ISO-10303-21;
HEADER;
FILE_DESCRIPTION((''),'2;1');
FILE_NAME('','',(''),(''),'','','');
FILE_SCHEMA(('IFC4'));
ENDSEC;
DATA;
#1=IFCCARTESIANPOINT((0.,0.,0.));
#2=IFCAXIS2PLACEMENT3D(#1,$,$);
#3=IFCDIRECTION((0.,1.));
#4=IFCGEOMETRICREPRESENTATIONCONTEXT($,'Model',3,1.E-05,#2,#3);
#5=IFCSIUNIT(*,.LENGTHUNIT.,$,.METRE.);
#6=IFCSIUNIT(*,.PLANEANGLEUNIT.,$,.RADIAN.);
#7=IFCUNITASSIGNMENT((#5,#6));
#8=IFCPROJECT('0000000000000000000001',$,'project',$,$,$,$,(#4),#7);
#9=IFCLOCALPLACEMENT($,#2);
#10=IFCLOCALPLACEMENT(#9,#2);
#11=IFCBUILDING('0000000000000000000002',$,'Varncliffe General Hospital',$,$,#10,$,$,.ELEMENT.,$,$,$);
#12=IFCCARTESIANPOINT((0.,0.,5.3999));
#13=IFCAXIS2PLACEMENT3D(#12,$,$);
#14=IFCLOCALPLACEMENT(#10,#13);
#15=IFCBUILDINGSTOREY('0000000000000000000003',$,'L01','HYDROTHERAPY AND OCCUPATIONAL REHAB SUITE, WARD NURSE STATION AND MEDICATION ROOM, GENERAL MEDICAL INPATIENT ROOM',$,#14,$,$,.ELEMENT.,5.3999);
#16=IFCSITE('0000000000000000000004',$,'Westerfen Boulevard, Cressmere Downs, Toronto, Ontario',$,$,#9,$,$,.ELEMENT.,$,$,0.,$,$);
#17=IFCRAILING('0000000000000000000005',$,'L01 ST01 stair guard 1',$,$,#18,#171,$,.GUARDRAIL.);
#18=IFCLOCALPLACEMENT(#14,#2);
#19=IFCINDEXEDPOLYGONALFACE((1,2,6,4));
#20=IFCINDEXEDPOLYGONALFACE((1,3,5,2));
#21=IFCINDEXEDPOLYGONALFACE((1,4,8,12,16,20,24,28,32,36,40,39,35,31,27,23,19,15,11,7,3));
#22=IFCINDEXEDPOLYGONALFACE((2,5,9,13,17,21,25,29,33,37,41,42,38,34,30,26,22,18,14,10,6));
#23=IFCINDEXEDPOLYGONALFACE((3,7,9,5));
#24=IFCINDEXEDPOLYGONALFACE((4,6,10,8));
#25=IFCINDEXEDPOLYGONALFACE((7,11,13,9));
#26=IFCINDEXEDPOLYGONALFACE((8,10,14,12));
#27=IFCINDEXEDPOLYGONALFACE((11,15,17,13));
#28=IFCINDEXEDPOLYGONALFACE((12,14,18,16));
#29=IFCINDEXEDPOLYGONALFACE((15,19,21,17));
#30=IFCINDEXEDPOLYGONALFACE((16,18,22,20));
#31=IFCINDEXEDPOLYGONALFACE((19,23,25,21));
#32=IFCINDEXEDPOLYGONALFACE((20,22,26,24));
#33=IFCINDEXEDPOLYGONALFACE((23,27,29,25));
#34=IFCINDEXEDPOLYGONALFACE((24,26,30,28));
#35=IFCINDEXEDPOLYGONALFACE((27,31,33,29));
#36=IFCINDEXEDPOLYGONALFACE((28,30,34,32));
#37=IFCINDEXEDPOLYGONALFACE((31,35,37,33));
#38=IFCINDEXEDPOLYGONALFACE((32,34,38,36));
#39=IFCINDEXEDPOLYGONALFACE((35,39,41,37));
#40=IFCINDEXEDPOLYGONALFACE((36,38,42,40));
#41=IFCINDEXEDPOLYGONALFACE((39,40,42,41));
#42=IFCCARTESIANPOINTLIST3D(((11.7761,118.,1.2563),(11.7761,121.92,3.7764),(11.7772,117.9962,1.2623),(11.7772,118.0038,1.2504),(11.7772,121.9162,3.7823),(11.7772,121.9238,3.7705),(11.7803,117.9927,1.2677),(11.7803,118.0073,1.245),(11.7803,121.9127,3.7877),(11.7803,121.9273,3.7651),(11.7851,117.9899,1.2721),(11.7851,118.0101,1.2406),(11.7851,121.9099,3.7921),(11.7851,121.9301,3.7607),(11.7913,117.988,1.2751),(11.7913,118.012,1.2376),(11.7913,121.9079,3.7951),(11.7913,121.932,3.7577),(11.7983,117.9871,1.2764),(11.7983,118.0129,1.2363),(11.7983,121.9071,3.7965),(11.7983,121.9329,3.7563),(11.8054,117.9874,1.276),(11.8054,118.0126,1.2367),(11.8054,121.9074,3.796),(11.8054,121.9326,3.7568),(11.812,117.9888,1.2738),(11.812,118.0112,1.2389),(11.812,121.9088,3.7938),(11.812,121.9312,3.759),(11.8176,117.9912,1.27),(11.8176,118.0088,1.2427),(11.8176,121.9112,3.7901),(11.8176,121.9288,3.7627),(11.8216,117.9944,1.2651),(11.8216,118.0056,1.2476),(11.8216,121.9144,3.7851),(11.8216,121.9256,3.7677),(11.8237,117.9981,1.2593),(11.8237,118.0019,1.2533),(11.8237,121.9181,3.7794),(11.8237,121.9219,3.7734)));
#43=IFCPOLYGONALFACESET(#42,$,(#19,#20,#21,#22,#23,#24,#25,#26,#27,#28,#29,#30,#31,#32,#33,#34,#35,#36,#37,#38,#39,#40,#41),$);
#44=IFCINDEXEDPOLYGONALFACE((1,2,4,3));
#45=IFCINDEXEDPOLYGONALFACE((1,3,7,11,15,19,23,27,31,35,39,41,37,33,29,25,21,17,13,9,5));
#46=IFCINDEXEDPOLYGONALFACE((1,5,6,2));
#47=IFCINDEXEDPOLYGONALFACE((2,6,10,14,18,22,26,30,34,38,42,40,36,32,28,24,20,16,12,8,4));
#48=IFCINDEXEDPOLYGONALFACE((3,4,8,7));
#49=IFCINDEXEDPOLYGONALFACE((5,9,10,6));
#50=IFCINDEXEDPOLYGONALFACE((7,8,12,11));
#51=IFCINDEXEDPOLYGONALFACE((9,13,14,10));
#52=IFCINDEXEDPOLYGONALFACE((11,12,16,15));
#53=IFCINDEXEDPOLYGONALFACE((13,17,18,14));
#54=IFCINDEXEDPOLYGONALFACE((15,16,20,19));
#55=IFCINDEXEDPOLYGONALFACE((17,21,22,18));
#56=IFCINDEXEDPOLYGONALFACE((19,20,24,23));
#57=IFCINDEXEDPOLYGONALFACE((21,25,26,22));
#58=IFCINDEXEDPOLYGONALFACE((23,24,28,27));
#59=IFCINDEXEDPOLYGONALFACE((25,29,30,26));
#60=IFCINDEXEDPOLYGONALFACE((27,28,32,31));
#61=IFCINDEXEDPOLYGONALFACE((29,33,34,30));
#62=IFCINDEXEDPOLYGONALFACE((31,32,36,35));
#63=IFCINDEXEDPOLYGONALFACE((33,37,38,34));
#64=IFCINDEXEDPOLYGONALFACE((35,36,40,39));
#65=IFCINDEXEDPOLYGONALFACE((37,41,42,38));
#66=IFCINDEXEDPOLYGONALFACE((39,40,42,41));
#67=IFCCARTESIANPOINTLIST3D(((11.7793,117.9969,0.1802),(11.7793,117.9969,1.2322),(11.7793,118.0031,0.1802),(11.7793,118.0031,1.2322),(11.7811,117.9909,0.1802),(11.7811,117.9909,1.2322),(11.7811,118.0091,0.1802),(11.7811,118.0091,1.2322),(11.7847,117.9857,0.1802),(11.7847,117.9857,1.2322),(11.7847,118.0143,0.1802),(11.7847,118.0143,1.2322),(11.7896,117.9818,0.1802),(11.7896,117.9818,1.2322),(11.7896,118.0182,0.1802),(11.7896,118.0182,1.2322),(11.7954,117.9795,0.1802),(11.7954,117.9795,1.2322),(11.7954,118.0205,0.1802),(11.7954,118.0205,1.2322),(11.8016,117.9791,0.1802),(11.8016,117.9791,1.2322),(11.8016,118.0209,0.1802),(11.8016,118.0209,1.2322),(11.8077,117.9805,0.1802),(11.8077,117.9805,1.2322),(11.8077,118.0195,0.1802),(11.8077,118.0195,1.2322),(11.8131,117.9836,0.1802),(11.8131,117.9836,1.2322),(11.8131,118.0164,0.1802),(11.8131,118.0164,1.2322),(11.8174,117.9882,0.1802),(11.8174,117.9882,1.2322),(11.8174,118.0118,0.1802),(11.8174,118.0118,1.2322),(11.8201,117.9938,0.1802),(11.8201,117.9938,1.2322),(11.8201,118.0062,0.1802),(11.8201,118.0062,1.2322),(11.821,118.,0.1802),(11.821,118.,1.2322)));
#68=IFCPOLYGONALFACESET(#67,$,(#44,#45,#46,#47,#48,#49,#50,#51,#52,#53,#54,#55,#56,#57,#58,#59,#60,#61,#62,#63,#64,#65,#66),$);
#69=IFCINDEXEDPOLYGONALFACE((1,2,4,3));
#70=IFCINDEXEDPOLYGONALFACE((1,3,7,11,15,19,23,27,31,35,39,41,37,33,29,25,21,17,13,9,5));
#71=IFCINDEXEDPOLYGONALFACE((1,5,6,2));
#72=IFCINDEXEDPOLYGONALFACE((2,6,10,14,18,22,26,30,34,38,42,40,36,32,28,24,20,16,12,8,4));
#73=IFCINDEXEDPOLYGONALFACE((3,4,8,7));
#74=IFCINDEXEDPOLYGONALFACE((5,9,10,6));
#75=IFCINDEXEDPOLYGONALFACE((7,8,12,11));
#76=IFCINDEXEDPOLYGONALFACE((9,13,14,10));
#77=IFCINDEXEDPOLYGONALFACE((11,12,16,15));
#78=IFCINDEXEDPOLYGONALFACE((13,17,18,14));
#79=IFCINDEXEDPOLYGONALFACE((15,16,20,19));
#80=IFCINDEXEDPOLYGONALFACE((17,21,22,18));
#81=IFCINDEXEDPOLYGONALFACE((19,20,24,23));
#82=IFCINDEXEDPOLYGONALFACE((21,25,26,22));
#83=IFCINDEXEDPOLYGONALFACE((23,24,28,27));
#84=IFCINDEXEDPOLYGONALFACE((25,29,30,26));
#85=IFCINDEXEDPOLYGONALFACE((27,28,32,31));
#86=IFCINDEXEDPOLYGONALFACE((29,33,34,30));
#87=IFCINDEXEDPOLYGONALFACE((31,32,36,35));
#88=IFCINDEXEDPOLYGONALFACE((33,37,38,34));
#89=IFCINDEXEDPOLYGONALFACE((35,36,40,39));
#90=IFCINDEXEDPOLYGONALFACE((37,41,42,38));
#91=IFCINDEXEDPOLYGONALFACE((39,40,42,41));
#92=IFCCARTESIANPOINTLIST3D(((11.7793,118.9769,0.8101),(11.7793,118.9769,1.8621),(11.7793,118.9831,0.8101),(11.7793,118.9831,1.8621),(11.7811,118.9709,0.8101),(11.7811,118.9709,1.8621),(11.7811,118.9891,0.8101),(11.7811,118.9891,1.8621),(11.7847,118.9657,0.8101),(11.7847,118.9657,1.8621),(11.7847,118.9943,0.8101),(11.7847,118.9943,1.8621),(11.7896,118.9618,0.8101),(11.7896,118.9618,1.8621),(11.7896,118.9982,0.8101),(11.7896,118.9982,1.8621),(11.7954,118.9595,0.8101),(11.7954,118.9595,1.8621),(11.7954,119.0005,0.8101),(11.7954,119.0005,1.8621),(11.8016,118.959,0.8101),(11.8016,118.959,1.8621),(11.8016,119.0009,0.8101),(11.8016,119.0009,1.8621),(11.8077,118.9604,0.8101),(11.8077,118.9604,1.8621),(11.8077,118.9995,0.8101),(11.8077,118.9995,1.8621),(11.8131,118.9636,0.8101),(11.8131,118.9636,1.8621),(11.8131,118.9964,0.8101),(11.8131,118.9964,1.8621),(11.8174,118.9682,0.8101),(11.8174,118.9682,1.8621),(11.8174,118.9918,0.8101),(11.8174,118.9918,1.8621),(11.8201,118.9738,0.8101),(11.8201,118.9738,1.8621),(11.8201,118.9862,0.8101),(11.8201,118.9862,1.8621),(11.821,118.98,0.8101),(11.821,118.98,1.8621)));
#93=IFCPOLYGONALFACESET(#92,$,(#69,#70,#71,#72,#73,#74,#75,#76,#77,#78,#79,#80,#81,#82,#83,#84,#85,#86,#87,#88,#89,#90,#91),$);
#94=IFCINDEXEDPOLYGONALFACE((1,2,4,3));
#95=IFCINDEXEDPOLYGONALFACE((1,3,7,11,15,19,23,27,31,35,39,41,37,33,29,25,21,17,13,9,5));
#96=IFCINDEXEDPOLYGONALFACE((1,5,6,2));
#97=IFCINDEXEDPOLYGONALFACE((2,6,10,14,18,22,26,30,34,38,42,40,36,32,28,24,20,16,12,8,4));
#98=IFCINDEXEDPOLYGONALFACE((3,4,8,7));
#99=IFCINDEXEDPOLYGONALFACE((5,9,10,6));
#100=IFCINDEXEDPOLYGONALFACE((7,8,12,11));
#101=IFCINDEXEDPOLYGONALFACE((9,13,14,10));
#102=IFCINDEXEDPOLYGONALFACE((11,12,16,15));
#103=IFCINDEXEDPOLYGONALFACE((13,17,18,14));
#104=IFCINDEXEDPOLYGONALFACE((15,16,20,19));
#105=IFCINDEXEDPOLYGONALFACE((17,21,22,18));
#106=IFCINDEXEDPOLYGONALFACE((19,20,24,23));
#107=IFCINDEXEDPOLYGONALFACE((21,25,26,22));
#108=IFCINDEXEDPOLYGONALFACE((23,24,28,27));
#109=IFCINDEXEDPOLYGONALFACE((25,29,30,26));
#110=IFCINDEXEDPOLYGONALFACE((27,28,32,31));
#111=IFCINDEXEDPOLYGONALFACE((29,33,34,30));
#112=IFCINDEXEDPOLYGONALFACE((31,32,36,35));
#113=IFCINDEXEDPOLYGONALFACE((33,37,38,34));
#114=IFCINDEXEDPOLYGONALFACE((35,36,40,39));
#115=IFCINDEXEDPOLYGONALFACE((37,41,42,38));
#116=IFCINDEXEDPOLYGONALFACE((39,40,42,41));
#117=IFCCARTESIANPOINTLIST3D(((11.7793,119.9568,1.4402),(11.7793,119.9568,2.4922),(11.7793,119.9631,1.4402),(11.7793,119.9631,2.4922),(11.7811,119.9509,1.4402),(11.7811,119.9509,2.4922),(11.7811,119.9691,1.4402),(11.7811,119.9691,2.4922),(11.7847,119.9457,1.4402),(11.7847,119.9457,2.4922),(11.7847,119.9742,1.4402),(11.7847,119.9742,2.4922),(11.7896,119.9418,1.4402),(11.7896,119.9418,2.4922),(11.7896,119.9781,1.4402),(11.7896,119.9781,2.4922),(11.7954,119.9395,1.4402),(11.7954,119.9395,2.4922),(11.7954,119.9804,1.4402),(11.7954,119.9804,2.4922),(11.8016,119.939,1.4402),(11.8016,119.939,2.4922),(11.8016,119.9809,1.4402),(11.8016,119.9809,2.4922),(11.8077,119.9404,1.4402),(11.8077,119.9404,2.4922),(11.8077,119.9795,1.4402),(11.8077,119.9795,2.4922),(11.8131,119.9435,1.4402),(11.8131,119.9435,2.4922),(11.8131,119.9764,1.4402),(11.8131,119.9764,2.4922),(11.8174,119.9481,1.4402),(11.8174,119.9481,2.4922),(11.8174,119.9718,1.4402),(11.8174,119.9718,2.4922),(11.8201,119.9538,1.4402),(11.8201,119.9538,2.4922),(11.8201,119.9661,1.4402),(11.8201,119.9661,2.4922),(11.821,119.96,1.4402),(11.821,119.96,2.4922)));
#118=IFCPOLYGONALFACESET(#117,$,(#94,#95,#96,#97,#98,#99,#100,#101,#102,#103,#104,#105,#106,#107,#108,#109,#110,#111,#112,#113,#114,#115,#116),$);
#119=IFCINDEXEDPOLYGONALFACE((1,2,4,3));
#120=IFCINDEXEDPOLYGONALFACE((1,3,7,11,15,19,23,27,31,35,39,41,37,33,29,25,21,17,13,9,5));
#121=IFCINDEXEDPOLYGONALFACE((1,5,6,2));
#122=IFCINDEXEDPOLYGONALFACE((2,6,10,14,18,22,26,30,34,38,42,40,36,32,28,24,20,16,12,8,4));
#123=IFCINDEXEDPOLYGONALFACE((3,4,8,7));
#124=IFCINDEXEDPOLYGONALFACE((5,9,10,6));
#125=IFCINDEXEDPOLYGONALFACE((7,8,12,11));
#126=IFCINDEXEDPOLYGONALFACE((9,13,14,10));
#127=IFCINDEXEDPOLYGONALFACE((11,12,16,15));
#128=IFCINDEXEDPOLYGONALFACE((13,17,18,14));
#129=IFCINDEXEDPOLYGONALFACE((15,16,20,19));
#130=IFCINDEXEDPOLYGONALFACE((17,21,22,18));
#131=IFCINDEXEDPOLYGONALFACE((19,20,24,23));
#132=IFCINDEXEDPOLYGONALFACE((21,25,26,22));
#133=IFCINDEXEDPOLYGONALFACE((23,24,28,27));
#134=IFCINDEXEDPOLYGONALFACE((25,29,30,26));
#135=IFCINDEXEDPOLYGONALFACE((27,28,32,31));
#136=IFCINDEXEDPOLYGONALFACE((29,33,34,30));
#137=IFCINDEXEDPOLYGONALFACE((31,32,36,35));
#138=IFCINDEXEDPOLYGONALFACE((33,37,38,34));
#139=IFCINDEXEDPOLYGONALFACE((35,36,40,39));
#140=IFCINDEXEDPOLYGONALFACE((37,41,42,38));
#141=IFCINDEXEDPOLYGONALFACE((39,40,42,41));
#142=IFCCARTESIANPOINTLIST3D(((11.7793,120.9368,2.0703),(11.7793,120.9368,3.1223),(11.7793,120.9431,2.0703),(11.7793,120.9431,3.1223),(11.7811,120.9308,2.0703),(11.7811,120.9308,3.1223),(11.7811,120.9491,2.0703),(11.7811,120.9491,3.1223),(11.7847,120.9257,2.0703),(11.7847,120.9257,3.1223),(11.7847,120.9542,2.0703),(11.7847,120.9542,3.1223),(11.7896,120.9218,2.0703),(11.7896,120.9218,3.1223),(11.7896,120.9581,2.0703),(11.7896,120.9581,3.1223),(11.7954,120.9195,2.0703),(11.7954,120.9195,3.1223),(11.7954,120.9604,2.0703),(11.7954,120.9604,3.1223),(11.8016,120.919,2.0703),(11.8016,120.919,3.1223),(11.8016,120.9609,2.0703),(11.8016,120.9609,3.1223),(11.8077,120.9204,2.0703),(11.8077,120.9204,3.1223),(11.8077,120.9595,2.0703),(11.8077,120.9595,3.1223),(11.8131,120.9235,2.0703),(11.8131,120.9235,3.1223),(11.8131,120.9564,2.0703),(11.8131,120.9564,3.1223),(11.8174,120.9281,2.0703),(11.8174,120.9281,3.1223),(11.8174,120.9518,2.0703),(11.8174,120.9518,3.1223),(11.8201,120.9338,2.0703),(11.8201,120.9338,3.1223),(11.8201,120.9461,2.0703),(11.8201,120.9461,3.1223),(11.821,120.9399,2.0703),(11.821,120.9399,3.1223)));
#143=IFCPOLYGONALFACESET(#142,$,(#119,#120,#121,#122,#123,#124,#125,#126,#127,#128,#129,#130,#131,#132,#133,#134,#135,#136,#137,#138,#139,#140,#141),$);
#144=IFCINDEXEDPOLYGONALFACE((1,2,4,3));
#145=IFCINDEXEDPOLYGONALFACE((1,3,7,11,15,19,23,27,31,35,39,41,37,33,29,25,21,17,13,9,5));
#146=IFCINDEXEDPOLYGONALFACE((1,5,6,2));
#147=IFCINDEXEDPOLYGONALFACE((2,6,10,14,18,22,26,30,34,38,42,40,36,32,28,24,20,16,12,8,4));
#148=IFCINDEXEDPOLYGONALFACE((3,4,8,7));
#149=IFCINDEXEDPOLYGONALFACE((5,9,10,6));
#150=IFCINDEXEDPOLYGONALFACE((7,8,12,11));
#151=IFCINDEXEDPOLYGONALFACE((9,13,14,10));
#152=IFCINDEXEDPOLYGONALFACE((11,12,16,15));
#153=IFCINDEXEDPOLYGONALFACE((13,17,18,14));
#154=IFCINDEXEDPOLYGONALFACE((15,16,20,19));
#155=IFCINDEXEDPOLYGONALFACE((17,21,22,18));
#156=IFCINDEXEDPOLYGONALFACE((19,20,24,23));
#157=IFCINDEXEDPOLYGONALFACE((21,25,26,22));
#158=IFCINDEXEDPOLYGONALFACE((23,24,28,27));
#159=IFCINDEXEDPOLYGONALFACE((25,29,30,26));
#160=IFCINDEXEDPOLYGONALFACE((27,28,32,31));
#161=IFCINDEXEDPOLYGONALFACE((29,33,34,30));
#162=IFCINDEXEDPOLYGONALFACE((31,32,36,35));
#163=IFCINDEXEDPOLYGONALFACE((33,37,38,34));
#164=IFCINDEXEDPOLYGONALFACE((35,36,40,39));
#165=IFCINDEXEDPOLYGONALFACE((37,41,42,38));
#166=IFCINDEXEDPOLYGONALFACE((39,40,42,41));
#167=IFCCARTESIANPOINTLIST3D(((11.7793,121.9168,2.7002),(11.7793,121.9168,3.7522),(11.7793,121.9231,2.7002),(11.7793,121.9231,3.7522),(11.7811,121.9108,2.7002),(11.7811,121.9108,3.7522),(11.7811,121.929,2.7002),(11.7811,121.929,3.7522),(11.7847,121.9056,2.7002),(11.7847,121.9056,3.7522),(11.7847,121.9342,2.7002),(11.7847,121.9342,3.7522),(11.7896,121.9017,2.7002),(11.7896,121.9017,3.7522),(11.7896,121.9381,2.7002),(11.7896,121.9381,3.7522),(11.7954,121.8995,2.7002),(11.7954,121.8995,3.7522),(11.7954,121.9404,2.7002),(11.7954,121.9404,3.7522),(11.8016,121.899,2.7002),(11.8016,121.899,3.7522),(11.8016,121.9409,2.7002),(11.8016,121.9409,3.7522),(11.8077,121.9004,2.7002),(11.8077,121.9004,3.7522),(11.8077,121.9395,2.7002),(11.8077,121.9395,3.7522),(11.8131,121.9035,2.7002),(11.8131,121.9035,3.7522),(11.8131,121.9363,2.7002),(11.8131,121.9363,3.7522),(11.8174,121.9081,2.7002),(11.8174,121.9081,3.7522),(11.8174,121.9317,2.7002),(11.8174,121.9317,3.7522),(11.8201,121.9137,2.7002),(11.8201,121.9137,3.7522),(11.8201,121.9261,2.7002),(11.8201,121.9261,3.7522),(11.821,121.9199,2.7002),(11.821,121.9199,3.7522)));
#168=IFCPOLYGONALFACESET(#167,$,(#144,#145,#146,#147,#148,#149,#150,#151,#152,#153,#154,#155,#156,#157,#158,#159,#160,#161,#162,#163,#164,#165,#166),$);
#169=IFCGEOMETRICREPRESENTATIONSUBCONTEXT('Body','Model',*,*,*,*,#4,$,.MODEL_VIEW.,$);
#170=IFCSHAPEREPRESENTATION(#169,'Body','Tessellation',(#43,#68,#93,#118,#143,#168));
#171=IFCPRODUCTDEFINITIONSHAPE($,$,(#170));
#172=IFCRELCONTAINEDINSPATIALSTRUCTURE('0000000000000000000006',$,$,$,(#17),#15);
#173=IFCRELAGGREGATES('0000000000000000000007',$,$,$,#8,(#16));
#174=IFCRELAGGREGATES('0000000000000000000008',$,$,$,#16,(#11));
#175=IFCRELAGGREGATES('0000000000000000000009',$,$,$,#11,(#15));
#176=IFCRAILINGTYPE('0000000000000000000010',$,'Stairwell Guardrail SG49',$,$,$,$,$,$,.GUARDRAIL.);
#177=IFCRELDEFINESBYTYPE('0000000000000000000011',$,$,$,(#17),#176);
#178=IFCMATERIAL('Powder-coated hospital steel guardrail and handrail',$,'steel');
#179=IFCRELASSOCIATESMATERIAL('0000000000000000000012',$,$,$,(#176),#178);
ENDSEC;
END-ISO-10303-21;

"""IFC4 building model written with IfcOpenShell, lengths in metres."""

from ifc_helpers import new_model, si_unit, direction, frame, origin, origin_2d, place, context, subcontext, project, spatial, circle, extrude, material, type_object, element, save


model = new_model("IFC4")

# Units and contexts
model_context = context("Model", 3, precision=1e-05, world=origin(), true_north=direction((0.0, 1.0)))
body_context = subcontext(model_context, "Body", "Model", "MODEL_VIEW")
ifc_project = project(units=[si_unit("LENGTHUNIT", "METRE"), si_unit("PLANEANGLEUNIT", "RADIAN")], contexts=[model_context])

# Site, building, storey
site_placement = place(None, origin())
site = spatial("IfcSite", under=ifc_project, at=site_placement, Name="Westerfen Boulevard, Cressmere Downs, Toronto, Ontario", CompositionType="ELEMENT", RefElevation=0.0)
building_placement = place(site_placement, origin())
building = spatial("IfcBuilding", under=site, at=building_placement, Name="Varncliffe General Hospital", CompositionType="ELEMENT")
storey_placement = place(building_placement, frame((0.0, 0.0, 5.3999)))
storey = spatial("IfcBuildingStorey", under=building, at=storey_placement, Name="L01", Description="HYDROTHERAPY AND OCCUPATIONAL REHAB SUITE, WARD NURSE STATION AND MEDICATION ROOM, GENERAL MEDICAL INPATIENT ROOM", CompositionType="ELEMENT", Elevation=5.3999)

# Railing
ifc_material_1 = material(Name="Powder-coated hospital steel guardrail and handrail", Category="steel")
railing_type_1 = type_object("IfcRailingType", Name="Stairwell Guardrail SG49", PredefinedType="GUARDRAIL", material=ifc_material_1)
railing_1_placement = place(storey_placement, frame((11.8, 118.0, 0.1802)))
element("IfcRailing", 1, at=railing_1_placement, inside=storey, type_object=railing_type_1, Name="L01 ST01 stair guard 1", PredefinedType="GUARDRAIL", context=body_context, shape_type="SweptSolid", body=[
    extrude(circle(Radius=0.0239, at=origin_2d()), frame((0.0, 0.0, 1.0762), z_axis=(0.0, 0.841172, 0.540768), x_axis=(-1.0, 0.0, 0.0)), (0.0, 0.0, 1.0), 4.6602),
    extrude(circle(Radius=0.021, at=origin_2d()), origin(), (0.0, 0.0, 1.0), 1.052),
    extrude(circle(Radius=0.021, at=origin_2d()), frame((0.0, 0.98, 0.6299)), (0.0, 0.0, 1.0), 1.052),
    extrude(circle(Radius=0.021, at=origin_2d()), frame((0.0, 1.96, 1.26)), (0.0, 0.0, 1.0), 1.052),
    extrude(circle(Radius=0.021, at=origin_2d()), frame((0.0, 2.9399, 1.8901)), (0.0, 0.0, 1.0), 1.052),
    extrude(circle(Radius=0.021, at=origin_2d()), frame((0.0, 3.9199, 2.52)), (0.0, 0.0, 1.0), 1.052),
])

save(model, "model.ifc")
